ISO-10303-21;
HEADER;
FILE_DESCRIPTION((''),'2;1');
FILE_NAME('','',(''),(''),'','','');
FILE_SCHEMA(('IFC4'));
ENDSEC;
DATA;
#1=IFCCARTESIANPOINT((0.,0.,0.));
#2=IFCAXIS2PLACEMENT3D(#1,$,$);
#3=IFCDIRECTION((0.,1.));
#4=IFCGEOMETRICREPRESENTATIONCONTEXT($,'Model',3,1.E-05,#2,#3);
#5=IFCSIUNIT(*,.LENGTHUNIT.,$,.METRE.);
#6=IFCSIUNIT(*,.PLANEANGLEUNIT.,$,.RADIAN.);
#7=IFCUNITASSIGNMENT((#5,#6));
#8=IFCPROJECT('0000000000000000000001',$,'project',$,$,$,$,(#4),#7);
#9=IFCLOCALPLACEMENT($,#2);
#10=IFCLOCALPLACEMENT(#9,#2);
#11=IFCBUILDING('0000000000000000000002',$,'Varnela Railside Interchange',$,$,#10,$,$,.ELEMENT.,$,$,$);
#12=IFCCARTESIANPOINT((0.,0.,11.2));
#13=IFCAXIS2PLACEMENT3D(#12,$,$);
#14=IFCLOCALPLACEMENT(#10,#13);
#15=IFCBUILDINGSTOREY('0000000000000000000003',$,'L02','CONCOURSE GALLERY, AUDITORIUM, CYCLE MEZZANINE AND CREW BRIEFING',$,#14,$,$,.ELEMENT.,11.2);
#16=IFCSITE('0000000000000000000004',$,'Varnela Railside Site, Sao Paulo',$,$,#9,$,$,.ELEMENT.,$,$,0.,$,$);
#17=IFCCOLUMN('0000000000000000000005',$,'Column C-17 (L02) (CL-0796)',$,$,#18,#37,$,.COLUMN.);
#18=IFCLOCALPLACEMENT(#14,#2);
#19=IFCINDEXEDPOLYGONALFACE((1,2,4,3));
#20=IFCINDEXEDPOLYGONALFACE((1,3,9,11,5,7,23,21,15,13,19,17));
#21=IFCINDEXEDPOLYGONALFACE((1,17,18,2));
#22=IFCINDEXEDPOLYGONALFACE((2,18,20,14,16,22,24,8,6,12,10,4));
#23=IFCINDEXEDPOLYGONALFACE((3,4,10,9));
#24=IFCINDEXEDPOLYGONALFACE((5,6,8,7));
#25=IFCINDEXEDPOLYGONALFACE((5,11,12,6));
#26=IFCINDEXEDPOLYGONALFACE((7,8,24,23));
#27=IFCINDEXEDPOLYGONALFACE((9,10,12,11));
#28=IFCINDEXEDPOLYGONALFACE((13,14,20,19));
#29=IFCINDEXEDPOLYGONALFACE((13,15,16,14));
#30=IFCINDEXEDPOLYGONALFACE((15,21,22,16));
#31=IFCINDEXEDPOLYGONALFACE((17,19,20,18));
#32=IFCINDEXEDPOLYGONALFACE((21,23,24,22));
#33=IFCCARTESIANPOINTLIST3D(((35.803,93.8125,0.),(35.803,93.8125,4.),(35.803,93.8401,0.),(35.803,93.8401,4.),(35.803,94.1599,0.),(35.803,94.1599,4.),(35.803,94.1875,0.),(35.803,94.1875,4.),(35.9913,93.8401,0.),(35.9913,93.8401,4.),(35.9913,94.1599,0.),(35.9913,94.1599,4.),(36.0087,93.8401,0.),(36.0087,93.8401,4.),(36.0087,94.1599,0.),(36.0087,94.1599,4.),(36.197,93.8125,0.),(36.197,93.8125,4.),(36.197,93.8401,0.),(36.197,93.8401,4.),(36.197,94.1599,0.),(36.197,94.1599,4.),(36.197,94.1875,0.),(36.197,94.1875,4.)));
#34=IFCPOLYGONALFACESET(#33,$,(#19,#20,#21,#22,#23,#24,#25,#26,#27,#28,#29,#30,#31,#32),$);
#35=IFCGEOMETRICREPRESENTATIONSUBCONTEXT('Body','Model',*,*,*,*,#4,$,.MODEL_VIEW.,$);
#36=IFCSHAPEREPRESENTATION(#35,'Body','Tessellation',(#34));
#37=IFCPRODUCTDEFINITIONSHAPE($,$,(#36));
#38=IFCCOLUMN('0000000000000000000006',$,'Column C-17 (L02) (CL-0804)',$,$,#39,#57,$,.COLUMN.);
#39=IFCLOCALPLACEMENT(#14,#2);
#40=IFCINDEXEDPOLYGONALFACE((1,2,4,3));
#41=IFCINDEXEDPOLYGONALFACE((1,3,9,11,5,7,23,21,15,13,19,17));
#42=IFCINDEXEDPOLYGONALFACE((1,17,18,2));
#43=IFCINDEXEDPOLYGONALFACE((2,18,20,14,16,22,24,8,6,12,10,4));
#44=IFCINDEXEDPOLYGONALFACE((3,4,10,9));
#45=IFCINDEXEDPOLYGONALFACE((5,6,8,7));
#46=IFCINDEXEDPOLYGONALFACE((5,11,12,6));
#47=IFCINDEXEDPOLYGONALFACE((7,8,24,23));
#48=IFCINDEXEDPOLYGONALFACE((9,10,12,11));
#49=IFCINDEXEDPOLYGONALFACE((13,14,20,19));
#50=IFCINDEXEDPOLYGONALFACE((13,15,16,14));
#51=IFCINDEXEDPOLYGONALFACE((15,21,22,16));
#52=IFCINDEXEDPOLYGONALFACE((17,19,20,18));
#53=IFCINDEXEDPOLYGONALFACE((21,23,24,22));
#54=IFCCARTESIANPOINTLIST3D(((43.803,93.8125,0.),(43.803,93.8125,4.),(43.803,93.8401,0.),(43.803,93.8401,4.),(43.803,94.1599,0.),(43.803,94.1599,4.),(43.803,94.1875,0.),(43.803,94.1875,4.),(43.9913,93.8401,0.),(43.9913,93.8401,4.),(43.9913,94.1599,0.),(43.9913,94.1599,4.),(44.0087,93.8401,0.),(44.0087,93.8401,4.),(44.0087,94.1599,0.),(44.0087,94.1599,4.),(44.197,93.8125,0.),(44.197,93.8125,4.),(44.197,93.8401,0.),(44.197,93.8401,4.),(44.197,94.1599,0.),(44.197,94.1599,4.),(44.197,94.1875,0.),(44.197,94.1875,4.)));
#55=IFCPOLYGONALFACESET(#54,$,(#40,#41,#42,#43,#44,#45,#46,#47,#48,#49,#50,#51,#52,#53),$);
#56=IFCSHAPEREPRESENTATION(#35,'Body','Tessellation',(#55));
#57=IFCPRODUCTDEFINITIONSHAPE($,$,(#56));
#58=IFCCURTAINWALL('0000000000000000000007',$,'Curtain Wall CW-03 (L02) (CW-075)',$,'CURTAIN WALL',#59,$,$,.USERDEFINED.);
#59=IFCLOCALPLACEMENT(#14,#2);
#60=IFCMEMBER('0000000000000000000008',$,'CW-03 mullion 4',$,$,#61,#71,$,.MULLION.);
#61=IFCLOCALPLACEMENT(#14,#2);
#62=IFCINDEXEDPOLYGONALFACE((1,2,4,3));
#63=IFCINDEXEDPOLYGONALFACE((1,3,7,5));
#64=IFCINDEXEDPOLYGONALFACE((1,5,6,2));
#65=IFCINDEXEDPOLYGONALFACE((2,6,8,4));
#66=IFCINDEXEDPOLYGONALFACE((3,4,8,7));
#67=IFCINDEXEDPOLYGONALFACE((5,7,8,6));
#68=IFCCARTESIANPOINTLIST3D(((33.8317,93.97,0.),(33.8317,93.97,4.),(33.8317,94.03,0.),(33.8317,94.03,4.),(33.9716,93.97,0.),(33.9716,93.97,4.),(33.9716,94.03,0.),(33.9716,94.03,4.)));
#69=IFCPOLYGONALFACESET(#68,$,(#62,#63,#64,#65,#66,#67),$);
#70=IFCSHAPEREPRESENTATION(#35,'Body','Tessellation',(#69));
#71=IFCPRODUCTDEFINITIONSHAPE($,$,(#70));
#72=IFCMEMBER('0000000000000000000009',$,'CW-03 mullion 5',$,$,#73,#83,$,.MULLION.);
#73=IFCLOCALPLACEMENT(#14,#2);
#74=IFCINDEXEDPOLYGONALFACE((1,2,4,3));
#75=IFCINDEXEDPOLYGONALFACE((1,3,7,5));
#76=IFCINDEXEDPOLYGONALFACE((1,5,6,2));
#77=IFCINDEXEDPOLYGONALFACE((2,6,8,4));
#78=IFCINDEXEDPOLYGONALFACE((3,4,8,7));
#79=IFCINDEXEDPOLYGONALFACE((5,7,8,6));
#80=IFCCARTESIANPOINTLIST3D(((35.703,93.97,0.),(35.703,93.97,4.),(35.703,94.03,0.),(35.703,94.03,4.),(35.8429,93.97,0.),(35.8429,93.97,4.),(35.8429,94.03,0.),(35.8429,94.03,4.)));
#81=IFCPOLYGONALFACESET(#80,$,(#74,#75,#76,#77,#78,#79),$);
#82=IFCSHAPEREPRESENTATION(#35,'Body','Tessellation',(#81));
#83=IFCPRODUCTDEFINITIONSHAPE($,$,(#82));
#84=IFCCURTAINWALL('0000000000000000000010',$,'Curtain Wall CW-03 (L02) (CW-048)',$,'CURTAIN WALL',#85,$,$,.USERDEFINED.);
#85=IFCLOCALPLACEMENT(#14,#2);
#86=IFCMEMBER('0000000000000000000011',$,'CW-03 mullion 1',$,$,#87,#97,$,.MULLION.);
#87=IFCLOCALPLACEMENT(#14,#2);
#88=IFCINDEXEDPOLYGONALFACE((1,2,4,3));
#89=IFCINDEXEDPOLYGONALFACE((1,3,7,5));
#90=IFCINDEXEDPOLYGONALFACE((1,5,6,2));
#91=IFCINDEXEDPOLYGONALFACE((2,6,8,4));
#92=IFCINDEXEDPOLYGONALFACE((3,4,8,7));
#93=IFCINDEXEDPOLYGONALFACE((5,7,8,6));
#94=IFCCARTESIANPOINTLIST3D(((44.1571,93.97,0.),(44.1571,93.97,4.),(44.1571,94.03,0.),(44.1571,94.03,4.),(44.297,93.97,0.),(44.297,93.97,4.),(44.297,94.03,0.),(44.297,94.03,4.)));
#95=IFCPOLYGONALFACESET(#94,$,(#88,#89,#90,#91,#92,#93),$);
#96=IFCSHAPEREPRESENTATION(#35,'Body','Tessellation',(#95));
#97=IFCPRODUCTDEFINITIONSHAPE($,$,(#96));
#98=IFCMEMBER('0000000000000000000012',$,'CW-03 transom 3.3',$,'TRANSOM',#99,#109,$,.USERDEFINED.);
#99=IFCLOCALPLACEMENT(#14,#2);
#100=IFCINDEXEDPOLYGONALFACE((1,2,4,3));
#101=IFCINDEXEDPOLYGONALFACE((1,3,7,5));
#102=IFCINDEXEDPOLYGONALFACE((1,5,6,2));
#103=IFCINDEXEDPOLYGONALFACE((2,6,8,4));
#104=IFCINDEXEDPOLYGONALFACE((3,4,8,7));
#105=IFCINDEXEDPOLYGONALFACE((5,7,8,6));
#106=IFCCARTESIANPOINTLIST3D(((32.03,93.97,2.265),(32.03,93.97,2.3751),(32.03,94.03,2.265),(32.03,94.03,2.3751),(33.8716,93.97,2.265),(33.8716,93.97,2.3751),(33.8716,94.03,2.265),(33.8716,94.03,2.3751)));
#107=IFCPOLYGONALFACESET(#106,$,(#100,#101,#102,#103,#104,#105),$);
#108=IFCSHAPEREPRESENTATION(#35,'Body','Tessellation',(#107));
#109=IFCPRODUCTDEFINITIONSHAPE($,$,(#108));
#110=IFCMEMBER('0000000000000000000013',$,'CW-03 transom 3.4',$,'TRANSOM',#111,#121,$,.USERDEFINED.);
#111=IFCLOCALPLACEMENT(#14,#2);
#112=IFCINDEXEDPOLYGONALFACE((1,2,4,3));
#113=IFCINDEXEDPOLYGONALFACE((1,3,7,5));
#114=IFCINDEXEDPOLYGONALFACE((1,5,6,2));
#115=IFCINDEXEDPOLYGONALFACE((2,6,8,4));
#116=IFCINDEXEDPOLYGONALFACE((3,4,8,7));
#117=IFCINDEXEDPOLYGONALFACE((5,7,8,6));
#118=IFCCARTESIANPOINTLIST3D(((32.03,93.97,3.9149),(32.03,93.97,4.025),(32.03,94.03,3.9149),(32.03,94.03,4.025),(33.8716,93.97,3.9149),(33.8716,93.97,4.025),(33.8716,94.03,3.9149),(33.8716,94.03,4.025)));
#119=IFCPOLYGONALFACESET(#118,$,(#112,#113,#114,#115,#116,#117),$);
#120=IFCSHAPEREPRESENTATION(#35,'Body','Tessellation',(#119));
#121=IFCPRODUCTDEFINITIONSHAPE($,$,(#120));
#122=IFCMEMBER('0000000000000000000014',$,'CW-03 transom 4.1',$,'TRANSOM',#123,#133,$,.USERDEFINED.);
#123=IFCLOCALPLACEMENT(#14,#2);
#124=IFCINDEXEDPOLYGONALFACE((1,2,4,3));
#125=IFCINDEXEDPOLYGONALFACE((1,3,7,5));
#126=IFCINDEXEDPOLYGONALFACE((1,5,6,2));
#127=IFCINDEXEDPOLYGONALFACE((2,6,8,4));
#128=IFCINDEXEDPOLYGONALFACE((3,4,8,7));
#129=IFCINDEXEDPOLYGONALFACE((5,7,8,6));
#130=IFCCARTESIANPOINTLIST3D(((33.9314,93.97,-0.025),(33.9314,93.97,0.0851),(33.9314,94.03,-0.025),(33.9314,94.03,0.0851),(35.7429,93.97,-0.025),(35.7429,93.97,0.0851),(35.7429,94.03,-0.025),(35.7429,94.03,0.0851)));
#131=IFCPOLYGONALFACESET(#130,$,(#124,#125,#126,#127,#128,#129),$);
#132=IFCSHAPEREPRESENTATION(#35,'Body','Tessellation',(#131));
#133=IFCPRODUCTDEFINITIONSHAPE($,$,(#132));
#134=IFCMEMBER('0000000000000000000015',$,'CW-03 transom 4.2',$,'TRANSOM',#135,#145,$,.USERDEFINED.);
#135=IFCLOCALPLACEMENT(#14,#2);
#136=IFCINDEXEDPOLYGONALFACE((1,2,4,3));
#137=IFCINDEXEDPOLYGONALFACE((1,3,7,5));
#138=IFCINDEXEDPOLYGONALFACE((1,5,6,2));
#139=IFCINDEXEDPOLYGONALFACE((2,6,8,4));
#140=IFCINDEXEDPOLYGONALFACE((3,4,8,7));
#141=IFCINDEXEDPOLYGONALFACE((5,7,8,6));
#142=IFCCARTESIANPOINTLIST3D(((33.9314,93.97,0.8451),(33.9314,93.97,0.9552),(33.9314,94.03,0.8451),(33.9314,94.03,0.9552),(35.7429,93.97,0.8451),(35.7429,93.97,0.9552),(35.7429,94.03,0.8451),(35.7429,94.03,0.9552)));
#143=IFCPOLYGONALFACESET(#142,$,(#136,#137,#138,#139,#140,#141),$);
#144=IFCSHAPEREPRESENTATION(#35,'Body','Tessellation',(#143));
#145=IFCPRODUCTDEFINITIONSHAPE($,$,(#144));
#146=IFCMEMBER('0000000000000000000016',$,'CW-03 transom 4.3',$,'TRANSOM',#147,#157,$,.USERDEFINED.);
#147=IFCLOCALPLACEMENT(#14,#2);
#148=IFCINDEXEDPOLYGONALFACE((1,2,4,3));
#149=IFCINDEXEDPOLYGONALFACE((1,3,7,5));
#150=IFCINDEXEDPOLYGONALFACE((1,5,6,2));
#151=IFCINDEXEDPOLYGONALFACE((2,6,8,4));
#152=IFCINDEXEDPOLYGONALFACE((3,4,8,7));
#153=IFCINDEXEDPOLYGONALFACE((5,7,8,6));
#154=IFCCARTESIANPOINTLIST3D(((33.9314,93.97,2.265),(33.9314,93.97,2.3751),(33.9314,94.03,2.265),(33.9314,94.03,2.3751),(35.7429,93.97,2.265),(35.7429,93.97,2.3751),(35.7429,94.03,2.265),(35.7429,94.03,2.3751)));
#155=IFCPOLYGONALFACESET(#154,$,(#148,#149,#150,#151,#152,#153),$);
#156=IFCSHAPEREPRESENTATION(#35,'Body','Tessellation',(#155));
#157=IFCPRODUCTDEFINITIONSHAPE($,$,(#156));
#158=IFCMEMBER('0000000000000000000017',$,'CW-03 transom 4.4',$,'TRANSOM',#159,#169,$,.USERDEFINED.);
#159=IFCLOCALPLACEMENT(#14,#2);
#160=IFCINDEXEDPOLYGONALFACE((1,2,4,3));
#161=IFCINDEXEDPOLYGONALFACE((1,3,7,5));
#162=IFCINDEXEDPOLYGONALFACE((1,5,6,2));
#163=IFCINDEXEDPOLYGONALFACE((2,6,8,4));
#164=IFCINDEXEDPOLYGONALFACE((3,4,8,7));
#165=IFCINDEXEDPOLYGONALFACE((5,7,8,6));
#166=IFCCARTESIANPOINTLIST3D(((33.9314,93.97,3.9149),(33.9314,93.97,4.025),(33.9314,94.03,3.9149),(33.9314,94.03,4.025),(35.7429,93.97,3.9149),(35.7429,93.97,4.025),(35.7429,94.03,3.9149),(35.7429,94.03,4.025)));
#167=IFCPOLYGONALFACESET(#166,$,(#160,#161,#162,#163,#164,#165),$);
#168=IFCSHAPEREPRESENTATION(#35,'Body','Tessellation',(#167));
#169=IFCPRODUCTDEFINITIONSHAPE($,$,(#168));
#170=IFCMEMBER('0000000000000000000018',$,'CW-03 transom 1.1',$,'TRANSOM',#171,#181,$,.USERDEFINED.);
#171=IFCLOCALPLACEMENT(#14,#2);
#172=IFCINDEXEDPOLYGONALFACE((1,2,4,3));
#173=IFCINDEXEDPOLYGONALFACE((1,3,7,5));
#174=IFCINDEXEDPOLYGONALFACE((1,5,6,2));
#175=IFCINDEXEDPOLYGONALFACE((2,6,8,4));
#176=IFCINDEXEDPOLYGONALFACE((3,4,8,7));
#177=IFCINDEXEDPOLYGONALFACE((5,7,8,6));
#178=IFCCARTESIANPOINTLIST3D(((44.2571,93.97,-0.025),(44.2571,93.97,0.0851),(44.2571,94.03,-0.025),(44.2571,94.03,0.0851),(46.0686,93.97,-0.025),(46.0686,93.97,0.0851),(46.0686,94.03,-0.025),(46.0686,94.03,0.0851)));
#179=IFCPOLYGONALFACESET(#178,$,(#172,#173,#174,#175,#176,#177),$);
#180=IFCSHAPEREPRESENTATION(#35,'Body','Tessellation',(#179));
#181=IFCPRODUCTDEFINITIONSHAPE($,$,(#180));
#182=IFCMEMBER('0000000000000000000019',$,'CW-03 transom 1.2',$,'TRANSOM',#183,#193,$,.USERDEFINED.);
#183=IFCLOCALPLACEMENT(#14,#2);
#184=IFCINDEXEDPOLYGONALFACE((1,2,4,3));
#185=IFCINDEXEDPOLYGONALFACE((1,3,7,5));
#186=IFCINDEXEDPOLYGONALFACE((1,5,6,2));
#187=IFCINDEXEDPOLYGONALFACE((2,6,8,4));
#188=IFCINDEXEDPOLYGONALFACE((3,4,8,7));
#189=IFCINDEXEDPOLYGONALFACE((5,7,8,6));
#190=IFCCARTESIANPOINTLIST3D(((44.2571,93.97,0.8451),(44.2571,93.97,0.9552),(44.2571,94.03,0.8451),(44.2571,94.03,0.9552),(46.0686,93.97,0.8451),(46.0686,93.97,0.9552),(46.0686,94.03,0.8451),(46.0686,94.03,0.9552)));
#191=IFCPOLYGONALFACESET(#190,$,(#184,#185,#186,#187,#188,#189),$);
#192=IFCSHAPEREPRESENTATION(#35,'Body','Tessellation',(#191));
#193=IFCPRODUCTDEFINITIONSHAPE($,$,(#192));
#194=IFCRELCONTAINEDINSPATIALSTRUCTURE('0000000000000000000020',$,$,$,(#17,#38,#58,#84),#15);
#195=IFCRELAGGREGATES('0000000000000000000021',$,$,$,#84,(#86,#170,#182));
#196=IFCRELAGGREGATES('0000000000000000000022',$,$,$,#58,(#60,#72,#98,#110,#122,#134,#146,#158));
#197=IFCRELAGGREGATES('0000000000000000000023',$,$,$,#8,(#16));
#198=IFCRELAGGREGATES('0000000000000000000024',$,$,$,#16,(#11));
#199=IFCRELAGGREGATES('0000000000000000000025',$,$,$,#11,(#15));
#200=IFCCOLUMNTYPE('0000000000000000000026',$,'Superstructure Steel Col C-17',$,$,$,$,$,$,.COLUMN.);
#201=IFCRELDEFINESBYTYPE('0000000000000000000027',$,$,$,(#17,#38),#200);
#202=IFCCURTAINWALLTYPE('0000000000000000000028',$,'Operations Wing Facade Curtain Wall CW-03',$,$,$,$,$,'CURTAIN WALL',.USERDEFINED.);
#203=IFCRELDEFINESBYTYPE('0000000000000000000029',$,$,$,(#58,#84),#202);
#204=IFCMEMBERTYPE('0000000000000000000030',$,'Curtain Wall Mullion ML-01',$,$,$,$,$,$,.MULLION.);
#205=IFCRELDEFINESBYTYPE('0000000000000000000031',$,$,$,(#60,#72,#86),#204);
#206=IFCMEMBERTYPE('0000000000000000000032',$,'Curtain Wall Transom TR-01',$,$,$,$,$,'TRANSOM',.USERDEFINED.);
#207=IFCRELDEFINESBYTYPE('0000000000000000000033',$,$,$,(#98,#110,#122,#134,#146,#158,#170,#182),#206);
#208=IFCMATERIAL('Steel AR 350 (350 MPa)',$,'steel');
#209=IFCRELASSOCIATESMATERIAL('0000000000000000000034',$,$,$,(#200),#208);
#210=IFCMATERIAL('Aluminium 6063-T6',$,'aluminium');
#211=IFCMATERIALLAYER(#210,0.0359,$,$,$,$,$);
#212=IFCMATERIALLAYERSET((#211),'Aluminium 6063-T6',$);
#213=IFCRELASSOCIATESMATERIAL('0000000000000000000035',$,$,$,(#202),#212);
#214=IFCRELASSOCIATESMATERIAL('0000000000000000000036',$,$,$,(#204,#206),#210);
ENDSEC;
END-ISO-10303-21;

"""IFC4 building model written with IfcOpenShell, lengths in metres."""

from ifc_helpers import new_model, si_unit, direction, frame, origin, origin_2d, place, context, subcontext, project, spatial, rectangle, i_section, extrude, material, layer, layer_set, material_profile, profile_set, type_object, element, aggregate, save


model = new_model("IFC4")

# Units and contexts
model_context = context("Model", 3, precision=1e-05, world=origin(), true_north=direction((0.0, 1.0)))
body_context = subcontext(model_context, "Body", "Model", "MODEL_VIEW")
ifc_project = project(units=[si_unit("LENGTHUNIT", "METRE"), si_unit("PLANEANGLEUNIT", "RADIAN")], contexts=[model_context])

# Site, building, storey
site_placement = place(None, origin())
site = spatial("IfcSite", under=ifc_project, at=site_placement, Name="Varnela Railside Site, Sao Paulo", CompositionType="ELEMENT", RefElevation=0.0)
building_placement = place(site_placement, origin())
building = spatial("IfcBuilding", under=site, at=building_placement, Name="Varnela Railside Interchange", CompositionType="ELEMENT")
storey_placement = place(building_placement, frame((0.0, 0.0, 11.2)))
storey = spatial("IfcBuildingStorey", under=building, at=storey_placement, Name="L02", Description="CONCOURSE GALLERY, AUDITORIUM, CYCLE MEZZANINE AND CREW BRIEFING", CompositionType="ELEMENT", Elevation=11.2)

# Columns
ifc_material_1 = material(Name="Steel AR 350 (350 MPa)", Category="steel")
ifc_material_profile_1 = material_profile(ifc_material_1, i_section(OverallWidth=0.394, OverallDepth=0.375, WebThickness=0.0173, FlangeThickness=0.0276, at=origin_2d()), Name="W360x216")
ifc_profile_set_1 = profile_set([ifc_material_profile_1], Name="Steel AR 350 (350 MPa)")
column_type = type_object("IfcColumnType", Name="Superstructure Steel Col C-17", PredefinedType="COLUMN", material=ifc_profile_set_1)
for number, where, z_axis, x_axis, name in (
    (1, (36.0, 94.0, 0.0), (0.0, 0.0, 1.0), (1.0, 0.0, 0.0), "Column C-17 (L02) (CL-0796)"),
    (2, (44.0, 94.0, 0.0), (0.0, 0.0, 1.0), (1.0, 0.0, 0.0), "Column C-17 (L02) (CL-0804)"),
):
    element("IfcColumn", number, at=place(storey_placement, frame(where, z_axis=z_axis, x_axis=x_axis)), inside=storey, type_object=column_type, Name=name, PredefinedType="COLUMN", context=body_context, shape_type="SweptSolid", body=[
        extrude(i_section(OverallWidth=0.394, OverallDepth=0.375, WebThickness=0.0173, FlangeThickness=0.0276, at=origin_2d()), origin(), (0.0, 0.0, 1.0), 4.0),
    ])

# Curtain wall, members
ifc_material_2 = material(Name="Aluminium 6063-T6", Category="aluminium")
ifc_layer_1 = layer(ifc_material_2, 0.0359)
ifc_layer_set_1 = layer_set([ifc_layer_1], Name="Aluminium 6063-T6")
curtain_wall_type = type_object("IfcCurtainWallType", Name="Operations Wing Facade Curtain Wall CW-03", ElementType="CURTAIN WALL", PredefinedType="USERDEFINED", material=ifc_layer_set_1)
curtain_wall_1_placement = place(storey_placement, origin())
curtain_wall_1 = element("IfcCurtainWall", 3, at=curtain_wall_1_placement, inside=storey, type_object=curtain_wall_type, Name="Curtain Wall CW-03 (L02) (CW-075)", ObjectType="CURTAIN WALL", PredefinedType="USERDEFINED")
ifc_material_profile_2 = material_profile(ifc_material_2, rectangle(XDim=0.0601, YDim=0.1399, at=origin_2d()), Name="ALU 60x140")
ifc_profile_set_2 = profile_set([ifc_material_profile_2], Name="Aluminium 6063-T6")
member_type_1 = type_object("IfcMemberType", Name="Curtain Wall Mullion ML-01", PredefinedType="MULLION", material=ifc_profile_set_2)
member_1_placement = place(storey_placement, frame((33.9016, 94.0, 0.0), z_axis=(0.0, 0.0, 1.0), x_axis=(0.0, 1.0, 0.0)))
member_1 = element("IfcMember", 4, at=member_1_placement, type_object=member_type_1, Name="CW-03 mullion 4", PredefinedType="MULLION", context=body_context, shape_type="SweptSolid", body=[
    extrude(rectangle(XDim=0.0601, YDim=0.1399, at=origin_2d()), origin(), (0.0, 0.0, 1.0), 4.0),
])
member_2_placement = place(storey_placement, frame((35.7729, 94.0, 0.0), z_axis=(0.0, 0.0, 1.0), x_axis=(0.0, 1.0, 0.0)))
member_2 = element("IfcMember", 5, at=member_2_placement, type_object=member_type_1, Name="CW-03 mullion 5", PredefinedType="MULLION", context=body_context, shape_type="SweptSolid", body=[
    extrude(rectangle(XDim=0.0601, YDim=0.1399, at=origin_2d()), origin(), (0.0, 0.0, 1.0), 4.0),
])

# Curtain wall, member
curtain_wall_2_placement = place(storey_placement, origin())
curtain_wall_2 = element("IfcCurtainWall", 6, at=curtain_wall_2_placement, inside=storey, type_object=curtain_wall_type, Name="Curtain Wall CW-03 (L02) (CW-048)", ObjectType="CURTAIN WALL", PredefinedType="USERDEFINED")
member_3_placement = place(storey_placement, frame((44.2271, 94.0, 0.0), z_axis=(0.0, 0.0, 1.0), x_axis=(0.0, 1.0, 0.0)))
member_3 = element("IfcMember", 7, at=member_3_placement, type_object=member_type_1, Name="CW-03 mullion 1", PredefinedType="MULLION", context=body_context, shape_type="SweptSolid", body=[
    extrude(rectangle(XDim=0.0601, YDim=0.1399, at=origin_2d()), origin(), (0.0, 0.0, 1.0), 4.0),
])

# Members
ifc_material_profile_3 = material_profile(ifc_material_2, rectangle(XDim=0.0601, YDim=0.1101, at=origin_2d()), Name="ALU 60x110")
ifc_profile_set_3 = profile_set([ifc_material_profile_3], Name="Aluminium 6063-T6")
member_type_2 = type_object("IfcMemberType", Name="Curtain Wall Transom TR-01", ElementType="TRANSOM", PredefinedType="USERDEFINED", material=ifc_profile_set_3)
member_4_placement = place(storey_placement, frame((32.03, 94.0, 2.3201), z_axis=(1.0, 0.0, 0.0), x_axis=(0.0, 1.0, 0.0)))
member_4 = element("IfcMember", 8, at=member_4_placement, type_object=member_type_2, Name="CW-03 transom 3.3", ObjectType="TRANSOM", PredefinedType="USERDEFINED", context=body_context, shape_type="SweptSolid", body=[
    extrude(rectangle(XDim=0.0601, YDim=0.1101, at=origin_2d()), origin(), (0.0, 0.0, 1.0), 1.8416),
])
member_5_placement = place(storey_placement, frame((32.03, 94.0, 3.97), z_axis=(1.0, 0.0, 0.0), x_axis=(0.0, 1.0, 0.0)))
member_5 = element("IfcMember", 9, at=member_5_placement, type_object=member_type_2, Name="CW-03 transom 3.4", ObjectType="TRANSOM", PredefinedType="USERDEFINED", context=body_context, shape_type="SweptSolid", body=[
    extrude(rectangle(XDim=0.0601, YDim=0.1101, at=origin_2d()), origin(), (0.0, 0.0, 1.0), 1.8416),
])
member_6_placement = place(storey_placement, frame((33.9314, 94.0, 0.03), z_axis=(1.0, 0.0, 0.0), x_axis=(0.0, 1.0, 0.0)))
member_6 = element("IfcMember", 10, at=member_6_placement, type_object=member_type_2, Name="CW-03 transom 4.1", ObjectType="TRANSOM", PredefinedType="USERDEFINED", context=body_context, shape_type="SweptSolid", body=[
    extrude(rectangle(XDim=0.0601, YDim=0.1101, at=origin_2d()), origin(), (0.0, 0.0, 1.0), 1.8115),
])
member_7_placement = place(storey_placement, frame((33.9314, 94.0, 0.9001), z_axis=(1.0, 0.0, 0.0), x_axis=(0.0, 1.0, 0.0)))
member_7 = element("IfcMember", 11, at=member_7_placement, type_object=member_type_2, Name="CW-03 transom 4.2", ObjectType="TRANSOM", PredefinedType="USERDEFINED", context=body_context, shape_type="SweptSolid", body=[
    extrude(rectangle(XDim=0.0601, YDim=0.1101, at=origin_2d()), origin(), (0.0, 0.0, 1.0), 1.8115),
])
member_8_placement = place(storey_placement, frame((33.9314, 94.0, 2.3201), z_axis=(1.0, 0.0, 0.0), x_axis=(0.0, 1.0, 0.0)))
member_8 = element("IfcMember", 12, at=member_8_placement, type_object=member_type_2, Name="CW-03 transom 4.3", ObjectType="TRANSOM", PredefinedType="USERDEFINED", context=body_context, shape_type="SweptSolid", body=[
    extrude(rectangle(XDim=0.0601, YDim=0.1101, at=origin_2d()), origin(), (0.0, 0.0, 1.0), 1.8115),
])
member_9_placement = place(storey_placement, frame((33.9314, 94.0, 3.97), z_axis=(1.0, 0.0, 0.0), x_axis=(0.0, 1.0, 0.0)))
member_9 = element("IfcMember", 13, at=member_9_placement, type_object=member_type_2, Name="CW-03 transom 4.4", ObjectType="TRANSOM", PredefinedType="USERDEFINED", context=body_context, shape_type="SweptSolid", body=[
    extrude(rectangle(XDim=0.0601, YDim=0.1101, at=origin_2d()), origin(), (0.0, 0.0, 1.0), 1.8115),
])
member_10_placement = place(storey_placement, frame((44.2571, 94.0, 0.03), z_axis=(1.0, 0.0, 0.0), x_axis=(0.0, 1.0, 0.0)))
member_10 = element("IfcMember", 14, at=member_10_placement, type_object=member_type_2, Name="CW-03 transom 1.1", ObjectType="TRANSOM", PredefinedType="USERDEFINED", context=body_context, shape_type="SweptSolid", body=[
    extrude(rectangle(XDim=0.0601, YDim=0.1101, at=origin_2d()), origin(), (0.0, 0.0, 1.0), 1.8115),
])
member_11_placement = place(storey_placement, frame((44.2571, 94.0, 0.9001), z_axis=(1.0, 0.0, 0.0), x_axis=(0.0, 1.0, 0.0)))
member_11 = element("IfcMember", 15, at=member_11_placement, type_object=member_type_2, Name="CW-03 transom 1.2", ObjectType="TRANSOM", PredefinedType="USERDEFINED", context=body_context, shape_type="SweptSolid", body=[
    extrude(rectangle(XDim=0.0601, YDim=0.1101, at=origin_2d()), origin(), (0.0, 0.0, 1.0), 1.8115),
])
aggregate(curtain_wall_2, [member_3, member_10, member_11])

aggregate(curtain_wall_1, [member_1, member_2, member_4, member_5, member_6, member_7, member_8, member_9])

save(model, "model.ifc")
